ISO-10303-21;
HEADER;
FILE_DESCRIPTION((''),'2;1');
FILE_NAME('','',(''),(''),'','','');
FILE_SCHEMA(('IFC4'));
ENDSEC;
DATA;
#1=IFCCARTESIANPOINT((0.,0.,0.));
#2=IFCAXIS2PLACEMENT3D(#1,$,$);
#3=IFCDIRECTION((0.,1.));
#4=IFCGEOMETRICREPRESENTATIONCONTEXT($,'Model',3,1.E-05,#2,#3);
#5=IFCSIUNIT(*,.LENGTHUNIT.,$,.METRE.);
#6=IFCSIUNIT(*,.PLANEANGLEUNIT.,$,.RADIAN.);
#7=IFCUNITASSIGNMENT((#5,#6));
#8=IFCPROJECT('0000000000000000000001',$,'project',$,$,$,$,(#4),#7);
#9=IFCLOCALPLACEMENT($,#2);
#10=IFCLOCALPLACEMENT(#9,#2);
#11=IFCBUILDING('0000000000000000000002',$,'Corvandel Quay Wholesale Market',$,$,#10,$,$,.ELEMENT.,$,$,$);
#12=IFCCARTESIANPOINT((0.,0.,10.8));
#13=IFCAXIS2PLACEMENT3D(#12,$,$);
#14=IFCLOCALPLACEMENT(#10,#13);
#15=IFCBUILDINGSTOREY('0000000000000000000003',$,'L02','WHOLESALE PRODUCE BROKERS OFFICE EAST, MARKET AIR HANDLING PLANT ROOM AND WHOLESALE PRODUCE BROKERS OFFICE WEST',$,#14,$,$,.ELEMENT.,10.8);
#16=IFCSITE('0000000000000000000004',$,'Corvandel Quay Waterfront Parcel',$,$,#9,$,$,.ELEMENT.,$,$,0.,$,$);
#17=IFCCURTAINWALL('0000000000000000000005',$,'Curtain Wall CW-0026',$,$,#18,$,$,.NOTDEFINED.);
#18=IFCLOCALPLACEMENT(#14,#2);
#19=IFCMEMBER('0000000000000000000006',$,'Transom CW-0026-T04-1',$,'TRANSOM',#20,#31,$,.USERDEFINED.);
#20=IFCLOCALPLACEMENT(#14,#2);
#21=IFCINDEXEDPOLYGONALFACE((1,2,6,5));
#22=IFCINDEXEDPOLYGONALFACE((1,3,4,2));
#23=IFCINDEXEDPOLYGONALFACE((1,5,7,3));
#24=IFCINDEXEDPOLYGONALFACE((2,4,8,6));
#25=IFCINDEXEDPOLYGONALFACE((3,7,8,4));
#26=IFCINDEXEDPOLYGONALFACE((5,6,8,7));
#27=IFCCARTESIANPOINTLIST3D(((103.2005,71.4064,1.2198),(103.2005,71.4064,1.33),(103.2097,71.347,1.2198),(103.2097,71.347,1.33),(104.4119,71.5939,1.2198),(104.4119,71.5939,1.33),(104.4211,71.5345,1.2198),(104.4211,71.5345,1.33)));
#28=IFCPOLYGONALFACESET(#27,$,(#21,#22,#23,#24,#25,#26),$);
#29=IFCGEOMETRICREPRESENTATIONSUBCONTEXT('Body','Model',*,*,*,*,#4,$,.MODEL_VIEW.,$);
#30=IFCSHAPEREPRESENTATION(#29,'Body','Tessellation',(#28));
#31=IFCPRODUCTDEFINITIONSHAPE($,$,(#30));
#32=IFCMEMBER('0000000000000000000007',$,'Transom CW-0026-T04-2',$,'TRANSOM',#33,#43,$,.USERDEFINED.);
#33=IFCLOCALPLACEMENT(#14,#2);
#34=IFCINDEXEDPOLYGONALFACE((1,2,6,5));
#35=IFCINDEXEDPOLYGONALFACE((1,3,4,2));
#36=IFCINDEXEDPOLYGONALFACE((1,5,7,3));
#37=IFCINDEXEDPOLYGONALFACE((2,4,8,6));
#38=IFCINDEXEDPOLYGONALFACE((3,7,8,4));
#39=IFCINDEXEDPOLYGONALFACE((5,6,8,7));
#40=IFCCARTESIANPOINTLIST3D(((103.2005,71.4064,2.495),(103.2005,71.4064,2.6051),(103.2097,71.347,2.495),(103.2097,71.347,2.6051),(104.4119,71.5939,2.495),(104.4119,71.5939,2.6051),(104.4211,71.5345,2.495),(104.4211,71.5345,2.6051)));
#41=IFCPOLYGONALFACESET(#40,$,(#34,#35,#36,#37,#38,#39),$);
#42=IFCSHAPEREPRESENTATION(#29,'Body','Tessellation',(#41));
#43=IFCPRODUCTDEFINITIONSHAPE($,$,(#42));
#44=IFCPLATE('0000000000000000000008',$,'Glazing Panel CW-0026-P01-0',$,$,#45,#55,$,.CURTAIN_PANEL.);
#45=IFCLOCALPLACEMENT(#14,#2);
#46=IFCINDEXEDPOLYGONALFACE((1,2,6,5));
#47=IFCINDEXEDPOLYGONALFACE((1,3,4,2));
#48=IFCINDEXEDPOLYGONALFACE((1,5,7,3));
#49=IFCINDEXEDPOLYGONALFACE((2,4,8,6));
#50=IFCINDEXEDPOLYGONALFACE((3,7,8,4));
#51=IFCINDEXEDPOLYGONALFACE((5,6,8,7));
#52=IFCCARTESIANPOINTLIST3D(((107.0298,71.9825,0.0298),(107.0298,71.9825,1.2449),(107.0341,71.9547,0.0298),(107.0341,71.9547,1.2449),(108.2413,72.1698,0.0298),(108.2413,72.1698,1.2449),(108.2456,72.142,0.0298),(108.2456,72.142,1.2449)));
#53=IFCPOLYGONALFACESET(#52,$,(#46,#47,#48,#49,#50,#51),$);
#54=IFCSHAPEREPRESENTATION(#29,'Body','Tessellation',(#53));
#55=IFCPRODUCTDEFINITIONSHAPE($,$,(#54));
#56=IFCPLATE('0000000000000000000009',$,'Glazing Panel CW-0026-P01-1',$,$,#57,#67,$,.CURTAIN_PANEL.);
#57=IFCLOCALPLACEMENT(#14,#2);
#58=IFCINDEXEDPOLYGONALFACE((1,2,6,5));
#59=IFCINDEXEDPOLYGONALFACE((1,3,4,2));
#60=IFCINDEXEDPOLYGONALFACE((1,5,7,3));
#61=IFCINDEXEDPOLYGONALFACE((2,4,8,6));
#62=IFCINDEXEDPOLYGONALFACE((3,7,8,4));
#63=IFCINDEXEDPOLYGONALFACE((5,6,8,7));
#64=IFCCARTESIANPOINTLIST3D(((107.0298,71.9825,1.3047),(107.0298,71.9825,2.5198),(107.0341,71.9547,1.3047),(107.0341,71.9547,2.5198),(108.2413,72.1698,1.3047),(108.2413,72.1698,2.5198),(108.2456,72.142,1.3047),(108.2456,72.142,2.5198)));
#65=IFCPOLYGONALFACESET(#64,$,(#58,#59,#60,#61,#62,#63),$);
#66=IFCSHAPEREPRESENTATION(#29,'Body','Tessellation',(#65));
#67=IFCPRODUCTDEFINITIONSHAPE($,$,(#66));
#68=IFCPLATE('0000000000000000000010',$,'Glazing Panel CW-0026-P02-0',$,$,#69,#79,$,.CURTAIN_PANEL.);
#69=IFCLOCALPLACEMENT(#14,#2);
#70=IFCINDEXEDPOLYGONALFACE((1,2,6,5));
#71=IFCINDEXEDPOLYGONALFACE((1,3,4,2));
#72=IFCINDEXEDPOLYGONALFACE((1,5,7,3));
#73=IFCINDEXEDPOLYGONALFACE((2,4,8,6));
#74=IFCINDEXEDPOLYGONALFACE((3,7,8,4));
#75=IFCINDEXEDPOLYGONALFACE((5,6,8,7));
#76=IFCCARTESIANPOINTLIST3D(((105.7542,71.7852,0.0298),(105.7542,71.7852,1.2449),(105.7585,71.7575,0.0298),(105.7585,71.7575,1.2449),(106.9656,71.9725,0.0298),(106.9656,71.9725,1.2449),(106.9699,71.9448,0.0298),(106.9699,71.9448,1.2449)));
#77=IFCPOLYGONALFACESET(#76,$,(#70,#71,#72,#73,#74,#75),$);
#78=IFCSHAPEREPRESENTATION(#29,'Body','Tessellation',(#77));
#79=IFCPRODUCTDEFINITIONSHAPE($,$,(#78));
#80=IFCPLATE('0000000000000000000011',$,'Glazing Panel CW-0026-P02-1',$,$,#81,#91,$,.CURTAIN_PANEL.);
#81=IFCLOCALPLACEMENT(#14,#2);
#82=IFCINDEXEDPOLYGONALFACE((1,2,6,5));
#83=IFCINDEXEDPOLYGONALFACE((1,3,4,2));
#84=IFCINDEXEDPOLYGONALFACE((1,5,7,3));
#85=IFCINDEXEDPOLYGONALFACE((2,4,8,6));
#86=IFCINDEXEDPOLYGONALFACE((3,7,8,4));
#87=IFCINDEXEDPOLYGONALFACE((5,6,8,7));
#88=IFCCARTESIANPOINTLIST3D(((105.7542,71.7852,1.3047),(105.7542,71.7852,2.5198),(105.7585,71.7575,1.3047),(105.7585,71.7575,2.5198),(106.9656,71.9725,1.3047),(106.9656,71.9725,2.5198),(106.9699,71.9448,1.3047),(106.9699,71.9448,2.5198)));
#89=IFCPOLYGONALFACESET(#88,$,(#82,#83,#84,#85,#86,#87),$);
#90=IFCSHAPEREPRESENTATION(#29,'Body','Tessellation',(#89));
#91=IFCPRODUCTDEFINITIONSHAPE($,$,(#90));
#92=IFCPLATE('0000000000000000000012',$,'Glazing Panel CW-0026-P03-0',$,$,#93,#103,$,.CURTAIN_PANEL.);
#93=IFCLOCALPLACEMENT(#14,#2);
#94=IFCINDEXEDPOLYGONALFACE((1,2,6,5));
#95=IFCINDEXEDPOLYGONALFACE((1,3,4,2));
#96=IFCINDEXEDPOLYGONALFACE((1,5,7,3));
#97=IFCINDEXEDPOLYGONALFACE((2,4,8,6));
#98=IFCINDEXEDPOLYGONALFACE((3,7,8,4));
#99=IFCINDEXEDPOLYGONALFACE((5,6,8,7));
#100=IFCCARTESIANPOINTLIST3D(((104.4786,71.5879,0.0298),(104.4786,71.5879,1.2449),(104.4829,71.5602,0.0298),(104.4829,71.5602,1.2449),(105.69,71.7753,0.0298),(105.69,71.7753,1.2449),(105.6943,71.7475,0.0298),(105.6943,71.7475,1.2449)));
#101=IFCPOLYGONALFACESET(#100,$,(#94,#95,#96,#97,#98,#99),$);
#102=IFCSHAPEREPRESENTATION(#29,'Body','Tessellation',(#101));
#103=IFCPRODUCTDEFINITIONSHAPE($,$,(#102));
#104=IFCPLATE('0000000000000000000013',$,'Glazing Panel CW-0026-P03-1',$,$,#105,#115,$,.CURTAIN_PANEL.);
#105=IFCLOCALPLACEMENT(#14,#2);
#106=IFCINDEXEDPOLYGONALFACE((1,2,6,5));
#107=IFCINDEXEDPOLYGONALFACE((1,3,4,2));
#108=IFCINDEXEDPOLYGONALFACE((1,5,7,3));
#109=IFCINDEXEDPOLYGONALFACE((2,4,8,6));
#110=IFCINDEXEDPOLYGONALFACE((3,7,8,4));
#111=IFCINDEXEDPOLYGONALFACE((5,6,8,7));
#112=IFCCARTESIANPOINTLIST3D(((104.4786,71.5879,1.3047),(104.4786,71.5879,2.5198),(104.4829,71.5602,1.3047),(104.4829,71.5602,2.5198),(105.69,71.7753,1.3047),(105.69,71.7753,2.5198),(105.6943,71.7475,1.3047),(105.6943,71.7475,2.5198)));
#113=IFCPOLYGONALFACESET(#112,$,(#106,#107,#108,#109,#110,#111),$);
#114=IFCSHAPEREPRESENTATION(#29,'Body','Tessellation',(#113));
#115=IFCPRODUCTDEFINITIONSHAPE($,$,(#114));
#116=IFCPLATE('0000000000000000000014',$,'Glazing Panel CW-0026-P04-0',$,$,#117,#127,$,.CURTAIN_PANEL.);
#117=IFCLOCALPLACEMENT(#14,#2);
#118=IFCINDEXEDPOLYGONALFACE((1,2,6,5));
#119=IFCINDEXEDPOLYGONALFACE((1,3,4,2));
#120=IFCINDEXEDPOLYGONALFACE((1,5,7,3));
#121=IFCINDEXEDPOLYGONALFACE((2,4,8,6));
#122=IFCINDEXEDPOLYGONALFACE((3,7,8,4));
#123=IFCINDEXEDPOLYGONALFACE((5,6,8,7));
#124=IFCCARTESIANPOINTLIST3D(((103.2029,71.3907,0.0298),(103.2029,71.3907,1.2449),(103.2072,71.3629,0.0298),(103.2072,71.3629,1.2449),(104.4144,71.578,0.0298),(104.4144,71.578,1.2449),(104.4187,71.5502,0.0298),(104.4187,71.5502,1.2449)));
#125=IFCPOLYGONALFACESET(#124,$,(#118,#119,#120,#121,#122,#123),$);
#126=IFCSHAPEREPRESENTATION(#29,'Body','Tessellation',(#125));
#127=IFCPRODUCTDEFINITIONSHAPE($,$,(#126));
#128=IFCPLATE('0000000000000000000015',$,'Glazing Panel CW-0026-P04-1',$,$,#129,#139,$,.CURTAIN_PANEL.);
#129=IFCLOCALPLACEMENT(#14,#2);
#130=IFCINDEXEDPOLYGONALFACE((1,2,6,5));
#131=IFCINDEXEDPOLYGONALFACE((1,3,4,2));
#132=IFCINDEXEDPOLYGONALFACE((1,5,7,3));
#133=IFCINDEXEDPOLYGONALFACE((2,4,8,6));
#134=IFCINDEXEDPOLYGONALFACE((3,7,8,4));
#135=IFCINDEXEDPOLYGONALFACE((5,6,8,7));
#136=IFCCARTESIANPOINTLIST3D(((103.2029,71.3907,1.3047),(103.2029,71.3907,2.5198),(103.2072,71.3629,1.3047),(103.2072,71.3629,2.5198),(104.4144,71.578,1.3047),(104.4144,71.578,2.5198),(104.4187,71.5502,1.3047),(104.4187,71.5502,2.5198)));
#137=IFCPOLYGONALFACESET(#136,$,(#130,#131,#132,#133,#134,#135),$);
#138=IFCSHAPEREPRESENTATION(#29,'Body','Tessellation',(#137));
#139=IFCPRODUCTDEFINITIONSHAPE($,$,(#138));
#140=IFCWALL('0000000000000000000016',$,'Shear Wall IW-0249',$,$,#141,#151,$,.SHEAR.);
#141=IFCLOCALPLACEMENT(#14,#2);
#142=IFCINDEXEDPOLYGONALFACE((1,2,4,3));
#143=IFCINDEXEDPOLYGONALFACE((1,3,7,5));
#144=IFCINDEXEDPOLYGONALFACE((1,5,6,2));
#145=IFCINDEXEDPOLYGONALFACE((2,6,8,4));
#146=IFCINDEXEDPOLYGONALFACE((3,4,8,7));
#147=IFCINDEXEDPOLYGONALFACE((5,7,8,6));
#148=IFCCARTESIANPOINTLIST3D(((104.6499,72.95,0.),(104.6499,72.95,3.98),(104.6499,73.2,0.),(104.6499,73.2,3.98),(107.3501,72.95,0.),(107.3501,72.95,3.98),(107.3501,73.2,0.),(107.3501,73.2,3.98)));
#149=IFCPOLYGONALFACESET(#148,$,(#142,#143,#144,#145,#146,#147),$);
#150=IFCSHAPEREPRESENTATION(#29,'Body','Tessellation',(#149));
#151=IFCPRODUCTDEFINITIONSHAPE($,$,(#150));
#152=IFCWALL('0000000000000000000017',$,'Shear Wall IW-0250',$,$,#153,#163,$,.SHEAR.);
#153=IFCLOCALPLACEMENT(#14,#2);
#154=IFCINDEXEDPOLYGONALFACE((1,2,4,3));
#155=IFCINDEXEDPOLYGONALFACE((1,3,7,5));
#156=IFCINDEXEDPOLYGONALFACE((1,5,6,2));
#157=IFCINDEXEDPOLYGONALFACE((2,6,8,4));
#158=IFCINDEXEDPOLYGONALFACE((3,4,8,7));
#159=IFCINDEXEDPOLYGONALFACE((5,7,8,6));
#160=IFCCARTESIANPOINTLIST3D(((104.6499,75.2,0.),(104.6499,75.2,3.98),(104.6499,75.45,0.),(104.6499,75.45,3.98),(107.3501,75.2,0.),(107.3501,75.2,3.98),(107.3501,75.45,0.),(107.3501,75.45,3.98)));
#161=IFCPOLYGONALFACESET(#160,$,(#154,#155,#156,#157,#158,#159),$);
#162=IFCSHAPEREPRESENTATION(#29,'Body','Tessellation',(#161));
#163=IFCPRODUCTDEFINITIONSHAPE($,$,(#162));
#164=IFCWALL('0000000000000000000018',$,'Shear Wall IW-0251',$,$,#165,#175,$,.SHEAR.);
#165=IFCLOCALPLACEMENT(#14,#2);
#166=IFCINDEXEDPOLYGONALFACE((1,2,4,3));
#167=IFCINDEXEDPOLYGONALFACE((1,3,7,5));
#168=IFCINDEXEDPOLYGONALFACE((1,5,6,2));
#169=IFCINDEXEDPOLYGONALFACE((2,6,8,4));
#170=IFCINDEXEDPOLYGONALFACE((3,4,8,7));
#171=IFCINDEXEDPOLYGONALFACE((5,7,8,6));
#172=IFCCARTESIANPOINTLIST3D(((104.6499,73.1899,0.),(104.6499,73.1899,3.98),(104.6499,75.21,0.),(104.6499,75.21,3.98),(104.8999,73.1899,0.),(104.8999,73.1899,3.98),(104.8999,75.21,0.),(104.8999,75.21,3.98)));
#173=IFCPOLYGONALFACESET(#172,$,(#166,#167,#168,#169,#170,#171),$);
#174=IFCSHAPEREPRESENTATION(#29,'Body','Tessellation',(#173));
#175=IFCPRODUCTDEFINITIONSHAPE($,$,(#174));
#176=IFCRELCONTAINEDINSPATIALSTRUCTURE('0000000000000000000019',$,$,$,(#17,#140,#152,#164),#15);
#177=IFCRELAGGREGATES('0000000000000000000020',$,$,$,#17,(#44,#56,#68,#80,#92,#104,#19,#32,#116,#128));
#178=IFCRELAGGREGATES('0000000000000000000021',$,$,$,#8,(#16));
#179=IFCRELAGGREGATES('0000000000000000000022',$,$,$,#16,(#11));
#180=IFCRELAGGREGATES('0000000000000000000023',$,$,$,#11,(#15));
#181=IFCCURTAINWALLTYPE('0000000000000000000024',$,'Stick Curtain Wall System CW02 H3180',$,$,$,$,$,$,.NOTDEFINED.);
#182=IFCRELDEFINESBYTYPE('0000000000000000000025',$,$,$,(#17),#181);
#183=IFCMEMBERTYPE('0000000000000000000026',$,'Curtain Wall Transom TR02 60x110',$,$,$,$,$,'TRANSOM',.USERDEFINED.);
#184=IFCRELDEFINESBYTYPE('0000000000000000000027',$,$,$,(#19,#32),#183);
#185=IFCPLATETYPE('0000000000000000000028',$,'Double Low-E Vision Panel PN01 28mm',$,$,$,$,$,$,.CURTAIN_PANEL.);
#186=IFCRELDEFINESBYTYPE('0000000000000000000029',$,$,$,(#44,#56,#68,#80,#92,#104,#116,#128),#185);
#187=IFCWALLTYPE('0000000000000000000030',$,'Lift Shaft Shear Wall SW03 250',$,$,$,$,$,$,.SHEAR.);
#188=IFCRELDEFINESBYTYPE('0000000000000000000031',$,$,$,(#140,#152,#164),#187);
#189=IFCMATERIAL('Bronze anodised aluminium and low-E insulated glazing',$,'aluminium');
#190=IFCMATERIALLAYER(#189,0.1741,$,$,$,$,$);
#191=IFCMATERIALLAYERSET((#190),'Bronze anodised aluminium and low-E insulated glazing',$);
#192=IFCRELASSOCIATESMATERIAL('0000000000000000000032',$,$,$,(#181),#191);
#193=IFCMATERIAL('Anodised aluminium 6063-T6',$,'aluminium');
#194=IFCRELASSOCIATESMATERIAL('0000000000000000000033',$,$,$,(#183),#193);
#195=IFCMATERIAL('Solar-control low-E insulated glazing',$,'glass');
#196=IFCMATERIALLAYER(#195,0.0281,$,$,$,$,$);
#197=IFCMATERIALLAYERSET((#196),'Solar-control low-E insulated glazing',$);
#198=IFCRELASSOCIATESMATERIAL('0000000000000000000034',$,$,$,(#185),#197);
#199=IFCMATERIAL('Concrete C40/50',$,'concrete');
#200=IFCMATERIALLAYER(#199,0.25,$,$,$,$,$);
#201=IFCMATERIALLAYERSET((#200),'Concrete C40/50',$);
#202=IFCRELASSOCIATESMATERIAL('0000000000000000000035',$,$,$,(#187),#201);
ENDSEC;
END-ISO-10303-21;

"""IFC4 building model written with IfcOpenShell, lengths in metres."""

from ifc_helpers import new_model, si_unit, direction, frame, frame_2d, origin, origin_2d, place, context, subcontext, project, spatial, rectangle, extrude, material, layer, layer_set, material_profile, profile_set, type_object, element, aggregate, save


model = new_model("IFC4")

# Units and contexts
model_context = context("Model", 3, precision=1e-05, world=origin(), true_north=direction((0.0, 1.0)))
body_context = subcontext(model_context, "Body", "Model", "MODEL_VIEW")
ifc_project = project(units=[si_unit("LENGTHUNIT", "METRE"), si_unit("PLANEANGLEUNIT", "RADIAN")], contexts=[model_context])

# Site, building, storey
site_placement = place(None, origin())
site = spatial("IfcSite", under=ifc_project, at=site_placement, Name="Corvandel Quay Waterfront Parcel", CompositionType="ELEMENT", RefElevation=0.0)
building_placement = place(site_placement, origin())
building = spatial("IfcBuilding", under=site, at=building_placement, Name="Corvandel Quay Wholesale Market", CompositionType="ELEMENT")
storey_placement = place(building_placement, frame((0.0, 0.0, 10.8)))
storey = spatial("IfcBuildingStorey", under=building, at=storey_placement, Name="L02", Description="WHOLESALE PRODUCE BROKERS OFFICE EAST, MARKET AIR HANDLING PLANT ROOM AND WHOLESALE PRODUCE BROKERS OFFICE WEST", CompositionType="ELEMENT", Elevation=10.8)

# Curtain wall, members, plates
ifc_material_1 = material(Name="Bronze anodised aluminium and low-E insulated glazing", Category="aluminium")
ifc_layer_1 = layer(ifc_material_1, 0.1741)
ifc_layer_set_1 = layer_set([ifc_layer_1], Name="Bronze anodised aluminium and low-E insulated glazing")
curtain_wall_type = type_object("IfcCurtainWallType", Name="Stick Curtain Wall System CW02 H3180", PredefinedType="NOTDEFINED", material=ifc_layer_set_1)
curtain_wall_placement = place(storey_placement, origin())
curtain_wall = element("IfcCurtainWall", 1, at=curtain_wall_placement, inside=storey, type_object=curtain_wall_type, Name="Curtain Wall CW-0026", PredefinedType="NOTDEFINED")
ifc_material_2 = material(Name="Anodised aluminium 6063-T6", Category="aluminium")
ifc_material_profile_1 = material_profile(ifc_material_2, rectangle(XDim=0.0601, YDim=0.1101, at=origin_2d()), Name="ALU-TRN-60x110")
ifc_profile_set_1 = profile_set([ifc_material_profile_1], Name="Anodised aluminium 6063-T6")
member_type_1 = type_object("IfcMemberType", Name="Curtain Wall Transom TR02 60x110", ElementType="TRANSOM", PredefinedType="USERDEFINED", material=ifc_profile_set_1)
member_1_placement = place(storey_placement, frame((104.4165, 71.5642, 1.2749), z_axis=(-0.988233, -0.152955, 0.0), x_axis=(0.152955, -0.988233, 0.0)))
member_1 = element("IfcMember", 2, at=member_1_placement, type_object=member_type_1, Name="Transom CW-0026-T04-1", ObjectType="TRANSOM", PredefinedType="USERDEFINED", context=body_context, shape_type="SweptSolid", body=[
    extrude(rectangle(XDim=0.0601, YDim=0.1101, at=origin_2d()), origin(), (0.0, 0.0, 1.0), 1.2258),
])
member_2_placement = place(storey_placement, frame((104.4165, 71.5642, 2.55), z_axis=(-0.988233, -0.152955, 0.0), x_axis=(0.152955, -0.988233, 0.0)))
member_2 = element("IfcMember", 3, at=member_2_placement, type_object=member_type_1, Name="Transom CW-0026-T04-2", ObjectType="TRANSOM", PredefinedType="USERDEFINED", context=body_context, shape_type="SweptSolid", body=[
    extrude(rectangle(XDim=0.0601, YDim=0.1101, at=origin_2d()), origin(), (0.0, 0.0, 1.0), 1.2258),
])
ifc_material_3 = material(Name="Solar-control low-E insulated glazing", Category="glass")
ifc_layer_2 = layer(ifc_material_3, 0.0281)
ifc_layer_set_2 = layer_set([ifc_layer_2], Name="Solar-control low-E insulated glazing")
plate_type = type_object("IfcPlateType", Name="Double Low-E Vision Panel PN01 28mm", PredefinedType="CURTAIN_PANEL", material=ifc_layer_set_2)
plate_1_placement = place(storey_placement, frame((107.6377, 72.0623, 0.0298), z_axis=(0.0, 0.0, 1.0), x_axis=(0.988255, 0.152813, 0.0)))
plate_1 = element("IfcPlate", 4, at=plate_1_placement, type_object=plate_type, Name="Glazing Panel CW-0026-P01-0", PredefinedType="CURTAIN_PANEL", context=body_context, shape_type="SweptSolid", body=[
    extrude(rectangle(XDim=1.2258, YDim=0.0281, at=origin_2d()), origin(), (0.0, 0.0, 1.0), 1.2151),
])
plate_2_placement = place(storey_placement, frame((107.6377, 72.0623, 1.3047), z_axis=(0.0, 0.0, 1.0), x_axis=(0.988255, 0.152813, 0.0)))
plate_2 = element("IfcPlate", 5, at=plate_2_placement, type_object=plate_type, Name="Glazing Panel CW-0026-P01-1", PredefinedType="CURTAIN_PANEL", context=body_context, shape_type="SweptSolid", body=[
    extrude(rectangle(XDim=1.2258, YDim=0.0281, at=origin_2d()), origin(), (0.0, 0.0, 1.0), 1.2151),
])
plate_3_placement = place(storey_placement, frame((106.3621, 71.865, 0.0298), z_axis=(0.0, 0.0, 1.0), x_axis=(0.988255, 0.152813, 0.0)))
plate_3 = element("IfcPlate", 6, at=plate_3_placement, type_object=plate_type, Name="Glazing Panel CW-0026-P02-0", PredefinedType="CURTAIN_PANEL", context=body_context, shape_type="SweptSolid", body=[
    extrude(rectangle(XDim=1.2258, YDim=0.0281, at=origin_2d()), origin(), (0.0, 0.0, 1.0), 1.2151),
])
plate_4_placement = place(storey_placement, frame((106.3621, 71.865, 1.3047), z_axis=(0.0, 0.0, 1.0), x_axis=(0.988255, 0.152813, 0.0)))
plate_4 = element("IfcPlate", 7, at=plate_4_placement, type_object=plate_type, Name="Glazing Panel CW-0026-P02-1", PredefinedType="CURTAIN_PANEL", context=body_context, shape_type="SweptSolid", body=[
    extrude(rectangle(XDim=1.2258, YDim=0.0281, at=origin_2d()), origin(), (0.0, 0.0, 1.0), 1.2151),
])
plate_5_placement = place(storey_placement, frame((105.0864, 71.6677, 0.0298), z_axis=(0.0, 0.0, 1.0), x_axis=(0.988255, 0.152813, 0.0)))
plate_5 = element("IfcPlate", 8, at=plate_5_placement, type_object=plate_type, Name="Glazing Panel CW-0026-P03-0", PredefinedType="CURTAIN_PANEL", context=body_context, shape_type="SweptSolid", body=[
    extrude(rectangle(XDim=1.2258, YDim=0.0281, at=origin_2d()), origin(), (0.0, 0.0, 1.0), 1.2151),
])
plate_6_placement = place(storey_placement, frame((105.0864, 71.6677, 1.3047), z_axis=(0.0, 0.0, 1.0), x_axis=(0.988255, 0.152813, 0.0)))
plate_6 = element("IfcPlate", 9, at=plate_6_placement, type_object=plate_type, Name="Glazing Panel CW-0026-P03-1", PredefinedType="CURTAIN_PANEL", context=body_context, shape_type="SweptSolid", body=[
    extrude(rectangle(XDim=1.2258, YDim=0.0281, at=origin_2d()), origin(), (0.0, 0.0, 1.0), 1.2151),
])
plate_7_placement = place(storey_placement, frame((103.8108, 71.4705, 0.0298), z_axis=(0.0, 0.0, 1.0), x_axis=(0.988255, 0.152813, 0.0)))
plate_7 = element("IfcPlate", 10, at=plate_7_placement, type_object=plate_type, Name="Glazing Panel CW-0026-P04-0", PredefinedType="CURTAIN_PANEL", context=body_context, shape_type="SweptSolid", body=[
    extrude(rectangle(XDim=1.2258, YDim=0.0281, at=origin_2d()), origin(), (0.0, 0.0, 1.0), 1.2151),
])
plate_8_placement = place(storey_placement, frame((103.8108, 71.4705, 1.3047), z_axis=(0.0, 0.0, 1.0), x_axis=(0.988255, 0.152813, 0.0)))
plate_8 = element("IfcPlate", 11, at=plate_8_placement, type_object=plate_type, Name="Glazing Panel CW-0026-P04-1", PredefinedType="CURTAIN_PANEL", context=body_context, shape_type="SweptSolid", body=[
    extrude(rectangle(XDim=1.2258, YDim=0.0281, at=origin_2d()), origin(), (0.0, 0.0, 1.0), 1.2151),
])
aggregate(curtain_wall, [plate_1, plate_2, plate_3, plate_4, plate_5, plate_6, member_1, member_2, plate_7, plate_8])

# Walls
ifc_material_4 = material(Name="Concrete C40/50", Category="concrete")
ifc_layer_3 = layer(ifc_material_4, 0.25)
ifc_layer_set_3 = layer_set([ifc_layer_3], Name="Concrete C40/50")
wall_type = type_object("IfcWallType", Name="Lift Shaft Shear Wall SW03 250", PredefinedType="SHEAR", material=ifc_layer_set_3)
for number, where, z_axis, x_axis, name in (
    (12, (104.6499, 73.075, 0.0), (0.0, 0.0, 1.0), (1.0, 0.0, 0.0), "Shear Wall IW-0249"),
    (13, (104.6499, 75.325, 0.0), (0.0, 0.0, 1.0), (1.0, 0.0, 0.0), "Shear Wall IW-0250"),
):
    element("IfcWall", number, at=place(storey_placement, frame(where, z_axis=z_axis, x_axis=x_axis)), inside=storey, type_object=wall_type, Name=name, PredefinedType="SHEAR", context=body_context, shape_type="SweptSolid", body=[
        extrude(rectangle(XDim=2.7002, YDim=0.25, at=frame_2d((1.3501, 0.0))), origin(), (0.0, 0.0, 1.0), 3.98),
    ])
wall_1_placement = place(storey_placement, frame((104.7749, 73.1899, 0.0), z_axis=(0.0, 0.0, 1.0), x_axis=(0.0, 1.0, 0.0)))
element("IfcWall", 14, at=wall_1_placement, inside=storey, type_object=wall_type, Name="Shear Wall IW-0251", PredefinedType="SHEAR", context=body_context, shape_type="SweptSolid", body=[
    extrude(rectangle(XDim=2.02, YDim=0.25, at=frame_2d((1.01, 0.0))), origin(), (0.0, 0.0, 1.0), 3.98),
])

save(model, "model.ifc")
